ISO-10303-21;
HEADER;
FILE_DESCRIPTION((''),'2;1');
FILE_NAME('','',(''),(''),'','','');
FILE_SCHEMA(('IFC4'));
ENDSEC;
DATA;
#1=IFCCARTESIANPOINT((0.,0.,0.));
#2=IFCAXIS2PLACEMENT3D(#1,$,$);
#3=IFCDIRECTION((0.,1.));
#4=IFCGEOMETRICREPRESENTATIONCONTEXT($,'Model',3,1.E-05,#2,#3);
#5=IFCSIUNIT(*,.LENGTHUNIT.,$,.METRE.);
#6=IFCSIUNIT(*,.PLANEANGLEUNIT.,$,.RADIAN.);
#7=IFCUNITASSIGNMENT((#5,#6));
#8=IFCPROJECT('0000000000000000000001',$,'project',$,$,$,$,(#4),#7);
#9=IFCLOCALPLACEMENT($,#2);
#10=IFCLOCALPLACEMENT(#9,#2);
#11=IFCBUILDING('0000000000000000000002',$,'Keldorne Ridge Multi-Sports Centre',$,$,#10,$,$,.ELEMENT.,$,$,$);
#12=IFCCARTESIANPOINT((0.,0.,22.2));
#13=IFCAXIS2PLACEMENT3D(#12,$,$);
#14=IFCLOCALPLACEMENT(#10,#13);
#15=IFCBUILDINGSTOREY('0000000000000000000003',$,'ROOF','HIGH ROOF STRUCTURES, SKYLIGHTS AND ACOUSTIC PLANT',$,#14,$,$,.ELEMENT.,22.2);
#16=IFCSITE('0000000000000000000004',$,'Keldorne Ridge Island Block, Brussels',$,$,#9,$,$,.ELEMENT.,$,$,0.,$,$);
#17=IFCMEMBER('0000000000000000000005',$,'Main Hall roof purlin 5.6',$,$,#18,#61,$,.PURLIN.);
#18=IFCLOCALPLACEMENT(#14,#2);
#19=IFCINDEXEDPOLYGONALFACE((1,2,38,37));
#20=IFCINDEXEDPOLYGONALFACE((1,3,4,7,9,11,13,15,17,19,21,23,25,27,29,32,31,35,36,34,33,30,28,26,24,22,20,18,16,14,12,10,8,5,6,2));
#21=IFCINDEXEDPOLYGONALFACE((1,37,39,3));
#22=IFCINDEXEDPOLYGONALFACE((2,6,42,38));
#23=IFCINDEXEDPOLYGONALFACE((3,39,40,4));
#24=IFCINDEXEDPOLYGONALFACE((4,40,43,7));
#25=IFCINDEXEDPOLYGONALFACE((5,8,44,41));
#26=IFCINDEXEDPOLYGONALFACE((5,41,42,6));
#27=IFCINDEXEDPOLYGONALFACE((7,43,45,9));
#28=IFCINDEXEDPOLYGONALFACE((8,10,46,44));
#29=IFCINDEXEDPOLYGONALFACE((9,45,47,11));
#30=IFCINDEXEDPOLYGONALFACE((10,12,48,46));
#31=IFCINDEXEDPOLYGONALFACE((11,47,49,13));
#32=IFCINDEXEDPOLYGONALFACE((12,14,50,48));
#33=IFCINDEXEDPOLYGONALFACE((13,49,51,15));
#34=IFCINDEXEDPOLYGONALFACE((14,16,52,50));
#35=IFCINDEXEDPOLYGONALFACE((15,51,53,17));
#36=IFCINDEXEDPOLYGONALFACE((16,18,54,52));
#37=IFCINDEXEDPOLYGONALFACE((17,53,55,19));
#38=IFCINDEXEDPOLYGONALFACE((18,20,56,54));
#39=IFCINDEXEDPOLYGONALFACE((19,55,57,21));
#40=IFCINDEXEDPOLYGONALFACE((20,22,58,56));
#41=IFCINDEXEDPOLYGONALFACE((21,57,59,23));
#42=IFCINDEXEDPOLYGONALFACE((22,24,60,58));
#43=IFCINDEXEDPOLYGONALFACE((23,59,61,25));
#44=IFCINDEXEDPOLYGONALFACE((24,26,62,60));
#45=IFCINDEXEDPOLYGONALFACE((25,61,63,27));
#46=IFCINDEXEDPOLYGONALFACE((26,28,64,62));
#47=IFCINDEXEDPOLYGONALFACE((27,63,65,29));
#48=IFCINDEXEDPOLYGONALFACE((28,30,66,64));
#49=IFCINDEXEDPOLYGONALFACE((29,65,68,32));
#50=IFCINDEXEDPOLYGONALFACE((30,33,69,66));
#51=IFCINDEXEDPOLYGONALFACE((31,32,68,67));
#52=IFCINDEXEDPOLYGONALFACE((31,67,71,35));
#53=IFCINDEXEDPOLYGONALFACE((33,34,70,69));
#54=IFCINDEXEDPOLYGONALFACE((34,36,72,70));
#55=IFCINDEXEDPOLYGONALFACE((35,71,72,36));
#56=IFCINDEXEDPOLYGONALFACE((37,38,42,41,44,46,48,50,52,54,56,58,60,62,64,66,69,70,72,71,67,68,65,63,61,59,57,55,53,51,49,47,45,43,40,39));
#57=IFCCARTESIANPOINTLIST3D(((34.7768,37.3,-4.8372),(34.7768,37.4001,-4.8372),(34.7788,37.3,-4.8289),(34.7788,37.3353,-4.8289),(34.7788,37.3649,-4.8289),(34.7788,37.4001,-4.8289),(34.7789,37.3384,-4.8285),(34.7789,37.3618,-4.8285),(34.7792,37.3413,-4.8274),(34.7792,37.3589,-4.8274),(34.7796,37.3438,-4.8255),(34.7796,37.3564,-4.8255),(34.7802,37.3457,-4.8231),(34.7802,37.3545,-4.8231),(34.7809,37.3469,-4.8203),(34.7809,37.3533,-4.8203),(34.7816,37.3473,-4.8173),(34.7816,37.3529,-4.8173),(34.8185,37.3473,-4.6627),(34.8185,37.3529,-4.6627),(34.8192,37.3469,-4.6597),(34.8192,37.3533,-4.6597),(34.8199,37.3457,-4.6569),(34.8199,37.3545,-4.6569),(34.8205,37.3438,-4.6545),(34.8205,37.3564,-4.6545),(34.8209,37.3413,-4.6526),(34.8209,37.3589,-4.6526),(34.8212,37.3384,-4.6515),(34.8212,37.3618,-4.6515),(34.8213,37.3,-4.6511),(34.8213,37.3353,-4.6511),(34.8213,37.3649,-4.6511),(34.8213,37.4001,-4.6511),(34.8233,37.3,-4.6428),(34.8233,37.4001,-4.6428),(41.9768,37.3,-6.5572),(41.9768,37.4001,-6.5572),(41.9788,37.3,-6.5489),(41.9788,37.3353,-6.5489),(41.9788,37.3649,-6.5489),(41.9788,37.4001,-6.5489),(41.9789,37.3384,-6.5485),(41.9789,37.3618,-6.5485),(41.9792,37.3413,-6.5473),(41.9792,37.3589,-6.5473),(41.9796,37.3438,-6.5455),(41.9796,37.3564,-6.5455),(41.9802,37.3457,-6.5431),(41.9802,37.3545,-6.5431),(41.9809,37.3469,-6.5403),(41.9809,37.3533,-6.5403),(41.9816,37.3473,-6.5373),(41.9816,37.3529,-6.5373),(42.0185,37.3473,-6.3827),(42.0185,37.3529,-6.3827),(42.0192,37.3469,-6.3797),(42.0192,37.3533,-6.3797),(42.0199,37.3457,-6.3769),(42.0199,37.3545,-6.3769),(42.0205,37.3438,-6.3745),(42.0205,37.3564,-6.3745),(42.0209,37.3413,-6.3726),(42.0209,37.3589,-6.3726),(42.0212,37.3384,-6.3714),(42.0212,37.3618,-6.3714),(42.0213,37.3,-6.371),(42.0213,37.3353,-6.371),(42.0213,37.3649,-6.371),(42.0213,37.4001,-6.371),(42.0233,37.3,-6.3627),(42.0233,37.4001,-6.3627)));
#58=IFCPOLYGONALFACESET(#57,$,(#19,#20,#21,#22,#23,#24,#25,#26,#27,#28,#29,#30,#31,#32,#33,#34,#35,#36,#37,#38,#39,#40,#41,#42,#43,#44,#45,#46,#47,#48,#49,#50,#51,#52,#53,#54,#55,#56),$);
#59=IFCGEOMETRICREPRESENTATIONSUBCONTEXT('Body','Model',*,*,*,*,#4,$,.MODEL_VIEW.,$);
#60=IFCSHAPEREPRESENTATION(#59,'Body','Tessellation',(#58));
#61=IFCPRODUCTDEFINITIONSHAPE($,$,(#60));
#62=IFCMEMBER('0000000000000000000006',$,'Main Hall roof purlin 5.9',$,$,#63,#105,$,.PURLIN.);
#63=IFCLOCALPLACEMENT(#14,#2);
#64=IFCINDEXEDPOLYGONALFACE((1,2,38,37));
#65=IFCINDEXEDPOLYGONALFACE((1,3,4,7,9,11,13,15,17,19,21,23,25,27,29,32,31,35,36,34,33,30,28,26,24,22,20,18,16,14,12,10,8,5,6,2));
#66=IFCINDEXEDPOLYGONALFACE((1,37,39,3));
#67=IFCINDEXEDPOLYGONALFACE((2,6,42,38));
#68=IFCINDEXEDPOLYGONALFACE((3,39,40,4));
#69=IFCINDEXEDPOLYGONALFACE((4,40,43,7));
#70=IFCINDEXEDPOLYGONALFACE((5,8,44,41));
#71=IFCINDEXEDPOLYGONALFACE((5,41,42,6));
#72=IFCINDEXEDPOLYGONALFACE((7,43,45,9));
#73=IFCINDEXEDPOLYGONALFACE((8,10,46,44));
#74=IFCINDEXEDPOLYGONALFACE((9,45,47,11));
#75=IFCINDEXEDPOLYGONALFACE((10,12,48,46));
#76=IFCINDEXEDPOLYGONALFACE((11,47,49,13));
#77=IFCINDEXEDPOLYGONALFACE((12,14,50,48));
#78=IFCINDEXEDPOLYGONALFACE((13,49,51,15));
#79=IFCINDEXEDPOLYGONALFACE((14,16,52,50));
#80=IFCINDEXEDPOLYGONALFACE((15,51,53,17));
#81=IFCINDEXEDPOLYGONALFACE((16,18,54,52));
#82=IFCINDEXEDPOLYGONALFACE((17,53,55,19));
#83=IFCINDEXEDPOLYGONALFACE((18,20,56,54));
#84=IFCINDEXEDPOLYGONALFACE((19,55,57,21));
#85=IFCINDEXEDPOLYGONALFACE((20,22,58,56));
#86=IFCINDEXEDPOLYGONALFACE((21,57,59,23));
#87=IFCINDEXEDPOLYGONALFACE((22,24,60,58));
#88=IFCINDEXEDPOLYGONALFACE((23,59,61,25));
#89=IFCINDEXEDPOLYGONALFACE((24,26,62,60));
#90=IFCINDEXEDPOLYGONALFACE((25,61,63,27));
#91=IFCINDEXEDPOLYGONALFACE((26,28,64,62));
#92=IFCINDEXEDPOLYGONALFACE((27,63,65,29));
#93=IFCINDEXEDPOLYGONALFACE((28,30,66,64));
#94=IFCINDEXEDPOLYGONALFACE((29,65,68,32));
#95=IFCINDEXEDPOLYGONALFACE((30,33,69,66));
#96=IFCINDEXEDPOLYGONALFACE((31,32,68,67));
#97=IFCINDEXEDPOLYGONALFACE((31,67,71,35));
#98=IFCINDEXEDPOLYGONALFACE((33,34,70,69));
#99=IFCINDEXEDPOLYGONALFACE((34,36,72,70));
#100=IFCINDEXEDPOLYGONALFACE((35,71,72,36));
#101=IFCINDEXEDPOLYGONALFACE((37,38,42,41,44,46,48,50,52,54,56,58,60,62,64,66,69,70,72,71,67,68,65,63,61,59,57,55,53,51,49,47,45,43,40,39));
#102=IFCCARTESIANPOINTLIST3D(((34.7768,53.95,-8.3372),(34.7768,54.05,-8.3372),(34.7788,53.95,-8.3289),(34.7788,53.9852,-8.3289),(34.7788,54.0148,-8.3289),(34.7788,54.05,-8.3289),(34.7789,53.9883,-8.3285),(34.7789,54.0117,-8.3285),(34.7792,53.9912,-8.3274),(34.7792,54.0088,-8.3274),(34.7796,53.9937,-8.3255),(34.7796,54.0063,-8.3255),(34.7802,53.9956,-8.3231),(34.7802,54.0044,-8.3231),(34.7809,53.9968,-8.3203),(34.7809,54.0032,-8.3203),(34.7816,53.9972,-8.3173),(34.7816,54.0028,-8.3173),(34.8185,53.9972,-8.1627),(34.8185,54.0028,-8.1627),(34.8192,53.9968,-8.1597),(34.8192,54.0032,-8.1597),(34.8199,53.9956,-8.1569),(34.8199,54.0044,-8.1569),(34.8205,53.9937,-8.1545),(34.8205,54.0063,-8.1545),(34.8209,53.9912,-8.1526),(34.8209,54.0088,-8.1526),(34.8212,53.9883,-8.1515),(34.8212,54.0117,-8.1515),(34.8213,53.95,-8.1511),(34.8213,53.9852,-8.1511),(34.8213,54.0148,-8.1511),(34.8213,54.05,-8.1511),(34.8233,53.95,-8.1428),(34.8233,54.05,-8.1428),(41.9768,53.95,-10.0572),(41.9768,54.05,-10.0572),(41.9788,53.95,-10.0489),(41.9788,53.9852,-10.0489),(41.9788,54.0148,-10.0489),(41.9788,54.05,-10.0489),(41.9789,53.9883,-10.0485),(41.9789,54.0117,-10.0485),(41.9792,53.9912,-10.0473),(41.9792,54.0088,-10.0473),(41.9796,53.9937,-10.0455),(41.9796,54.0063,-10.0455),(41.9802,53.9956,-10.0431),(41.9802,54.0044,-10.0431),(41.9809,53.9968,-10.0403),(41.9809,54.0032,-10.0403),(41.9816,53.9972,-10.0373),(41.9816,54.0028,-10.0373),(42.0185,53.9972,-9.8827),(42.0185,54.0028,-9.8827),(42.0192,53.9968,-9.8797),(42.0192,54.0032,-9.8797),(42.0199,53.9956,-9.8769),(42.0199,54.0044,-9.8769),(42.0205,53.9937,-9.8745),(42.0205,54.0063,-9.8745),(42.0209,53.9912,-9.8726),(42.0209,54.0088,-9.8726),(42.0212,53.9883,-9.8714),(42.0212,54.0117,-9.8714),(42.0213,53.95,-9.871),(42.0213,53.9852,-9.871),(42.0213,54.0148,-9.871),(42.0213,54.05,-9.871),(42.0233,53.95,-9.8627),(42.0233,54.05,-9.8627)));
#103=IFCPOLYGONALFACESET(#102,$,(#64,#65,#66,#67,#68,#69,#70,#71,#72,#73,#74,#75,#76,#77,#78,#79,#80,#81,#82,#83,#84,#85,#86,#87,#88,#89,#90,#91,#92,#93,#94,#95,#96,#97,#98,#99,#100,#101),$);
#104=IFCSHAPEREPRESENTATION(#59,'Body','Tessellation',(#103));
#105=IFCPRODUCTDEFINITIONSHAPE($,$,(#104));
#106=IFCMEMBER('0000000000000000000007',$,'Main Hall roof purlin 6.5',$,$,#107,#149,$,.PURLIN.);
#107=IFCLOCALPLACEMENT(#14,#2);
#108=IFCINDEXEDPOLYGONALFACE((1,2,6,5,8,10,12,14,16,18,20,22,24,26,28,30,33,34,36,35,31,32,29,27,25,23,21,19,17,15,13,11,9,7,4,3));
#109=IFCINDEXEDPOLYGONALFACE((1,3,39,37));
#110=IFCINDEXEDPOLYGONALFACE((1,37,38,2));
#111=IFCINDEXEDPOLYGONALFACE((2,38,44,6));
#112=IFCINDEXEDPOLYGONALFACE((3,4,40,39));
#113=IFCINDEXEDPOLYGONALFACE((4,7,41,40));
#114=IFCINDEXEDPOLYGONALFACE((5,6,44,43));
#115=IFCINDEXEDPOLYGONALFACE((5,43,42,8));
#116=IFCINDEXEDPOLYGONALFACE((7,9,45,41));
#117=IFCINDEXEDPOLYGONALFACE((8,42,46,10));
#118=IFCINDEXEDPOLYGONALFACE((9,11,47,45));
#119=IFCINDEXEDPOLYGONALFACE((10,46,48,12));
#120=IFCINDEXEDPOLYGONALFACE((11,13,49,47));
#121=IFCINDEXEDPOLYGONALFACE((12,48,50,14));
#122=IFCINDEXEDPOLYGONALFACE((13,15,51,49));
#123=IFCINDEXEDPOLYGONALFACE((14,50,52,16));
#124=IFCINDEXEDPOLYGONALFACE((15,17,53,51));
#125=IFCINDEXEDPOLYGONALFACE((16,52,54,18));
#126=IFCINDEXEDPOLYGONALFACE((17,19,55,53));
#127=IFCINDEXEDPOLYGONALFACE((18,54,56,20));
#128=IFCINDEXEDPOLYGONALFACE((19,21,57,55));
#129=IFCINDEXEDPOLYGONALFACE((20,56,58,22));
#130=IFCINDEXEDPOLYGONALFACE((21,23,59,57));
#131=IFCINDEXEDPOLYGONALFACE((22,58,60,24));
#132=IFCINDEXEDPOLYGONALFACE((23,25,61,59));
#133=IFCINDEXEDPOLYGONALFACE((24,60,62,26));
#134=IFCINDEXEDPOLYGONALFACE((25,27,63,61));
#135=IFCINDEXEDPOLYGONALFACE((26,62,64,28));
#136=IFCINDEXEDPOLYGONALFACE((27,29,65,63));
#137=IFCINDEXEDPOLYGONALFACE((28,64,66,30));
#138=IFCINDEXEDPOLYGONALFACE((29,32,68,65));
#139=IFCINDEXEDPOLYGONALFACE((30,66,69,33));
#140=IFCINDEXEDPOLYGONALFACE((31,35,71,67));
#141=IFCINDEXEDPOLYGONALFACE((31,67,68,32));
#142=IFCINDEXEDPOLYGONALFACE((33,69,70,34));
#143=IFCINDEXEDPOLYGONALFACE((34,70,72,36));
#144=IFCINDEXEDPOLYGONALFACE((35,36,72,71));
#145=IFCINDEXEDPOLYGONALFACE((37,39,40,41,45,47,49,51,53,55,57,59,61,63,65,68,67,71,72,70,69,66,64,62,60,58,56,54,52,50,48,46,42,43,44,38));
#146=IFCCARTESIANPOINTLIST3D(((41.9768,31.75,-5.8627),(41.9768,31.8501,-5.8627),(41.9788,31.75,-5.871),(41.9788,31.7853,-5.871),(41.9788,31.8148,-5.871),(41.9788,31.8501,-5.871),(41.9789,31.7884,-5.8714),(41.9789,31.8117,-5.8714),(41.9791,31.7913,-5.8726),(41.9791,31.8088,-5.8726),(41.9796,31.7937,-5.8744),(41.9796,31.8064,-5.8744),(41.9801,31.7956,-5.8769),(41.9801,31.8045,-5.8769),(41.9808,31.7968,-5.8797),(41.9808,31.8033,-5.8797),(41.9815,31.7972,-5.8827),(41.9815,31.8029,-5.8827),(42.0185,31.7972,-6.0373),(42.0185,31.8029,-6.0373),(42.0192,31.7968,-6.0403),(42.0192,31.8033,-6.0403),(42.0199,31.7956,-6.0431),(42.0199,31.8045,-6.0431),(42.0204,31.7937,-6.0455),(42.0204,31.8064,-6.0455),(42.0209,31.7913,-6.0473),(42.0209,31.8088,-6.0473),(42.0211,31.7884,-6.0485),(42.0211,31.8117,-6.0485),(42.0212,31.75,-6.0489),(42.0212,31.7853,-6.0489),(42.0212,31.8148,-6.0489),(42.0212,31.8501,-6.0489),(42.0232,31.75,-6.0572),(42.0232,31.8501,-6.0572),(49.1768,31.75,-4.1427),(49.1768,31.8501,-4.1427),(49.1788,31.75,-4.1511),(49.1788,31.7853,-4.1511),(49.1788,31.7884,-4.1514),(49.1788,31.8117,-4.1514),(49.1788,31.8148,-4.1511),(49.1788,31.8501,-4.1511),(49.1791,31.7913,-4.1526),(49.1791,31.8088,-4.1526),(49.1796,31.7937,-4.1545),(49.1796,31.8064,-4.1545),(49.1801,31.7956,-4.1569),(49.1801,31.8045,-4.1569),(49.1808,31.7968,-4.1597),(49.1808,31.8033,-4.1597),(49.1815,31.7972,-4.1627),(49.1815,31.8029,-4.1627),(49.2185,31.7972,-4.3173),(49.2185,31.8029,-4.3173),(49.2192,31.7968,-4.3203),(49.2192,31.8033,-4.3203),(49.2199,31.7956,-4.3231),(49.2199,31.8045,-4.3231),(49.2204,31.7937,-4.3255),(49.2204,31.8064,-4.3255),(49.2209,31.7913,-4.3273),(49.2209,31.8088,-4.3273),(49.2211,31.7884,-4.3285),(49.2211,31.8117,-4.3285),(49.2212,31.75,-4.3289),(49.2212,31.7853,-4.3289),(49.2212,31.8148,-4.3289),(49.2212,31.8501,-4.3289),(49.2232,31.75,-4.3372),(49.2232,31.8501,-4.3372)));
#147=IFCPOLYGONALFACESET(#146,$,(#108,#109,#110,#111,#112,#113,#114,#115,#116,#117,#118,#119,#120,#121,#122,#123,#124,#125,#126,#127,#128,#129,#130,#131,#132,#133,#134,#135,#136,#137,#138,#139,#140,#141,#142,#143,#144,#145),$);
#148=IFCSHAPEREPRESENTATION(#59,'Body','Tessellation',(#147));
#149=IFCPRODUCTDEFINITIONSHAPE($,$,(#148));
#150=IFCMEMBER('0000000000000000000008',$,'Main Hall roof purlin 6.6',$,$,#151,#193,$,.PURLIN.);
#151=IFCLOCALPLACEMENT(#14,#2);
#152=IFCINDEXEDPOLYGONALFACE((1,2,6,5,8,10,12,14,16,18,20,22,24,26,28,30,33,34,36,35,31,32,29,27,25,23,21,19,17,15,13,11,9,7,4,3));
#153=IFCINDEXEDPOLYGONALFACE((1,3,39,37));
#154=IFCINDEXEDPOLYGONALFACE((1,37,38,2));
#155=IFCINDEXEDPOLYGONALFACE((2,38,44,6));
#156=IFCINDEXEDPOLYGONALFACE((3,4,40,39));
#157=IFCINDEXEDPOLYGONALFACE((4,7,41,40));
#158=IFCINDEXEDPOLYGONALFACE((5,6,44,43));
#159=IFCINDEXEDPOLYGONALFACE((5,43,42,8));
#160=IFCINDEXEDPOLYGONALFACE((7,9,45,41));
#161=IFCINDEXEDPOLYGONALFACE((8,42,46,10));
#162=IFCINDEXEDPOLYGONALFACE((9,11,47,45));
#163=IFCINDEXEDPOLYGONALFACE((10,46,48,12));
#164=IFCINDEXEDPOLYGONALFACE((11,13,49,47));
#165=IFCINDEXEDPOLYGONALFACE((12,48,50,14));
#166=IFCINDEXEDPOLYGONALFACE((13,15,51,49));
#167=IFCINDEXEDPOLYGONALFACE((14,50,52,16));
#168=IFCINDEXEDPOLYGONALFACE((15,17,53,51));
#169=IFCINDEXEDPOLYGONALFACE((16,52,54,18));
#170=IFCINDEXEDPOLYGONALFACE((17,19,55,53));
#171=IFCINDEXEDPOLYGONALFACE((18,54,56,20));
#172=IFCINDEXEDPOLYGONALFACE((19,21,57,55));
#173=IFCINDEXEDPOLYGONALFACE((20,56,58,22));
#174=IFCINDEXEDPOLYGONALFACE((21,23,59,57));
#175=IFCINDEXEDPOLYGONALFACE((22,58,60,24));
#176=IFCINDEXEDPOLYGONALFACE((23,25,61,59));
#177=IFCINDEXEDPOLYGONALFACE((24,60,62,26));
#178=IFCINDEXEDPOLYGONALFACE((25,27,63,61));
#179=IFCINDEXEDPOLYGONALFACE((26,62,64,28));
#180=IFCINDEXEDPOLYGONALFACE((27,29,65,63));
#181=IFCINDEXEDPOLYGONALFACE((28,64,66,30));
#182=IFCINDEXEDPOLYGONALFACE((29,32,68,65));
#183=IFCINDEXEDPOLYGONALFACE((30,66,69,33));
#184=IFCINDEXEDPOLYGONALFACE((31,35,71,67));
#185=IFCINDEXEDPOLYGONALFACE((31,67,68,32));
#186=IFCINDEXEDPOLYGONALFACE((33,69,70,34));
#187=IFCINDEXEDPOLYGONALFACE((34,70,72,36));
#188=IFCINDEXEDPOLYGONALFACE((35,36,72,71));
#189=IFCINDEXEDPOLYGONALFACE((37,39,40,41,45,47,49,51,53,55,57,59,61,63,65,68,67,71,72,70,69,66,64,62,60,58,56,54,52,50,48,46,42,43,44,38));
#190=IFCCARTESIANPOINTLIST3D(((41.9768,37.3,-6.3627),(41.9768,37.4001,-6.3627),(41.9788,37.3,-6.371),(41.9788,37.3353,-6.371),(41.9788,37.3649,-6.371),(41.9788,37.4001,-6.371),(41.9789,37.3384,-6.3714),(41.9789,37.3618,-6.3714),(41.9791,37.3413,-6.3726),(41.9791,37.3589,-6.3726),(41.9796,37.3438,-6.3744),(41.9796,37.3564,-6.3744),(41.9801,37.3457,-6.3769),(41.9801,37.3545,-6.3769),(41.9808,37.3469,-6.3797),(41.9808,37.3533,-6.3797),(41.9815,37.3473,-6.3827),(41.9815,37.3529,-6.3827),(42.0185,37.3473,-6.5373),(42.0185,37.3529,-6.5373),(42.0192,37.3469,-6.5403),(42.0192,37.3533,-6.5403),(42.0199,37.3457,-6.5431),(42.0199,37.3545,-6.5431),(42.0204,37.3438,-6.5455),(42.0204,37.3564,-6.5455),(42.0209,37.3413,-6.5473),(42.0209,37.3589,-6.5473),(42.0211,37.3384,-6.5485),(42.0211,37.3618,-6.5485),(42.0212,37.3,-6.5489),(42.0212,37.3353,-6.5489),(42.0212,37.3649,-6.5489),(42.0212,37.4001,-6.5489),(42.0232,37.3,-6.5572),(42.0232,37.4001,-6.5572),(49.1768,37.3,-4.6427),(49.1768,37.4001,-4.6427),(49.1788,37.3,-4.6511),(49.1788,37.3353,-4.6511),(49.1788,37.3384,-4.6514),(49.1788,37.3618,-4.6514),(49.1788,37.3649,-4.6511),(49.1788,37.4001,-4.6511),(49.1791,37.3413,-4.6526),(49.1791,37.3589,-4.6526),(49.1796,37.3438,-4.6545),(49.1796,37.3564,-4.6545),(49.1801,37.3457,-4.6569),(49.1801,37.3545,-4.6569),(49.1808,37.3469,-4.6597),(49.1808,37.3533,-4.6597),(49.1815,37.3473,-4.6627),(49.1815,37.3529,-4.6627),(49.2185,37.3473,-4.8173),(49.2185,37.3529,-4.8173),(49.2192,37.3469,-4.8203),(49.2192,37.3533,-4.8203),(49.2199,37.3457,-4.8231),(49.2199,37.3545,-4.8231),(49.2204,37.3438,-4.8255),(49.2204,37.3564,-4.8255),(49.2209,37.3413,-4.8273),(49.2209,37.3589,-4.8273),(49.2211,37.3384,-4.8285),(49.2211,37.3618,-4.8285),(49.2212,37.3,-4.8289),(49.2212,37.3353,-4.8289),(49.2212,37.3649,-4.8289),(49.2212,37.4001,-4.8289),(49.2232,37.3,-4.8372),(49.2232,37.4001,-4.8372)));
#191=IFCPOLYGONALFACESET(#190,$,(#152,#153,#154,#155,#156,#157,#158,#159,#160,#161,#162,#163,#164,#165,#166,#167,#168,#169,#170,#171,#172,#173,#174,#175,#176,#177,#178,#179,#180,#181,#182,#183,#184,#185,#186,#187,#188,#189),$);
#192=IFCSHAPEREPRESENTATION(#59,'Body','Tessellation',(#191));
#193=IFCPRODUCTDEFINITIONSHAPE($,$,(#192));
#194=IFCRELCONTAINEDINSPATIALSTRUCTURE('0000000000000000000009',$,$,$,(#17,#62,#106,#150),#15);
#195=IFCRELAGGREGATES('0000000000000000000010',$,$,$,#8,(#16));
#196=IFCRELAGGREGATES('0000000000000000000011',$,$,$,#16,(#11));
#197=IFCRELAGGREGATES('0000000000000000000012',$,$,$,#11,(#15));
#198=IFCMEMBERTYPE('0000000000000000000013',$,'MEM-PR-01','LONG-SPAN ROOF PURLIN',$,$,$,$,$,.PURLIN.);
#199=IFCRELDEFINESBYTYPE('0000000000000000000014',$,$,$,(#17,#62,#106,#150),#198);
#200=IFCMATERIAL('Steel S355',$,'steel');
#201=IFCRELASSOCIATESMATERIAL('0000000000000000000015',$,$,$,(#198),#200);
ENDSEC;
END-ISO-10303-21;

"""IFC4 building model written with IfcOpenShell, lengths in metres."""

from ifc_helpers import new_model, si_unit, direction, frame, origin, origin_2d, place, context, subcontext, project, spatial, i_section, extrude, material, material_profile, profile_set, type_object, element, save


model = new_model("IFC4")

# Units and contexts
model_context = context("Model", 3, precision=1e-05, world=origin(), true_north=direction((0.0, 1.0)))
body_context = subcontext(model_context, "Body", "Model", "MODEL_VIEW")
ifc_project = project(units=[si_unit("LENGTHUNIT", "METRE"), si_unit("PLANEANGLEUNIT", "RADIAN")], contexts=[model_context])

# Site, building, storey
site_placement = place(None, origin())
site = spatial("IfcSite", under=ifc_project, at=site_placement, Name="Keldorne Ridge Island Block, Brussels", CompositionType="ELEMENT", RefElevation=0.0)
building_placement = place(site_placement, origin())
building = spatial("IfcBuilding", under=site, at=building_placement, Name="Keldorne Ridge Multi-Sports Centre", CompositionType="ELEMENT")
storey_placement = place(building_placement, frame((0.0, 0.0, 22.2)))
storey = spatial("IfcBuildingStorey", under=building, at=storey_placement, Name="ROOF", Description="HIGH ROOF STRUCTURES, SKYLIGHTS AND ACOUSTIC PLANT", CompositionType="ELEMENT", Elevation=22.2)

# Members
ifc_material = material(Name="Steel S355", Category="steel")
ifc_material_profile_1 = material_profile(ifc_material, i_section(OverallWidth=0.1001, OverallDepth=0.2, WebThickness=0.0056, FlangeThickness=0.0085, FilletRadius=0.012, at=origin_2d()), Name="IPE 200")
ifc_profile_set_1 = profile_set([ifc_material_profile_1], Name="Steel S355")
member_type_1 = type_object("IfcMemberType", Name="MEM-PR-01", Description="LONG-SPAN ROOF PURLIN", PredefinedType="PURLIN", material=ifc_profile_set_1)
for number, where, z_axis, x_axis, name in (
    (1, (34.8, 37.3501, -4.74), (0.972633, 0.0, -0.232349), (0.0, 1.0, 0.0), "Main Hall roof purlin 5.6"),
    (2, (34.8, 54.0, -8.24), (0.972633, 0.0, -0.232349), (0.0, 1.0, 0.0), "Main Hall roof purlin 5.9"),
    (3, (42.0, 31.8, -5.96), (0.972633, 0.0, 0.232349), (0.0, 1.0, 0.0), "Main Hall roof purlin 6.5"),
    (4, (42.0, 37.3501, -6.46), (0.972633, 0.0, 0.232349), (0.0, 1.0, 0.0), "Main Hall roof purlin 6.6"),
):
    element("IfcMember", number, at=place(storey_placement, frame(where, z_axis=z_axis, x_axis=x_axis)), inside=storey, type_object=member_type_1, Name=name, PredefinedType="PURLIN", context=body_context, shape_type="SweptSolid", body=[
        extrude(i_section(OverallWidth=0.1001, OverallDepth=0.2, WebThickness=0.0056, FlangeThickness=0.0085, FilletRadius=0.012, at=origin_2d()), origin(), (0.0, 0.0, 1.0), 7.4026),
    ])

save(model, "model.ifc")
